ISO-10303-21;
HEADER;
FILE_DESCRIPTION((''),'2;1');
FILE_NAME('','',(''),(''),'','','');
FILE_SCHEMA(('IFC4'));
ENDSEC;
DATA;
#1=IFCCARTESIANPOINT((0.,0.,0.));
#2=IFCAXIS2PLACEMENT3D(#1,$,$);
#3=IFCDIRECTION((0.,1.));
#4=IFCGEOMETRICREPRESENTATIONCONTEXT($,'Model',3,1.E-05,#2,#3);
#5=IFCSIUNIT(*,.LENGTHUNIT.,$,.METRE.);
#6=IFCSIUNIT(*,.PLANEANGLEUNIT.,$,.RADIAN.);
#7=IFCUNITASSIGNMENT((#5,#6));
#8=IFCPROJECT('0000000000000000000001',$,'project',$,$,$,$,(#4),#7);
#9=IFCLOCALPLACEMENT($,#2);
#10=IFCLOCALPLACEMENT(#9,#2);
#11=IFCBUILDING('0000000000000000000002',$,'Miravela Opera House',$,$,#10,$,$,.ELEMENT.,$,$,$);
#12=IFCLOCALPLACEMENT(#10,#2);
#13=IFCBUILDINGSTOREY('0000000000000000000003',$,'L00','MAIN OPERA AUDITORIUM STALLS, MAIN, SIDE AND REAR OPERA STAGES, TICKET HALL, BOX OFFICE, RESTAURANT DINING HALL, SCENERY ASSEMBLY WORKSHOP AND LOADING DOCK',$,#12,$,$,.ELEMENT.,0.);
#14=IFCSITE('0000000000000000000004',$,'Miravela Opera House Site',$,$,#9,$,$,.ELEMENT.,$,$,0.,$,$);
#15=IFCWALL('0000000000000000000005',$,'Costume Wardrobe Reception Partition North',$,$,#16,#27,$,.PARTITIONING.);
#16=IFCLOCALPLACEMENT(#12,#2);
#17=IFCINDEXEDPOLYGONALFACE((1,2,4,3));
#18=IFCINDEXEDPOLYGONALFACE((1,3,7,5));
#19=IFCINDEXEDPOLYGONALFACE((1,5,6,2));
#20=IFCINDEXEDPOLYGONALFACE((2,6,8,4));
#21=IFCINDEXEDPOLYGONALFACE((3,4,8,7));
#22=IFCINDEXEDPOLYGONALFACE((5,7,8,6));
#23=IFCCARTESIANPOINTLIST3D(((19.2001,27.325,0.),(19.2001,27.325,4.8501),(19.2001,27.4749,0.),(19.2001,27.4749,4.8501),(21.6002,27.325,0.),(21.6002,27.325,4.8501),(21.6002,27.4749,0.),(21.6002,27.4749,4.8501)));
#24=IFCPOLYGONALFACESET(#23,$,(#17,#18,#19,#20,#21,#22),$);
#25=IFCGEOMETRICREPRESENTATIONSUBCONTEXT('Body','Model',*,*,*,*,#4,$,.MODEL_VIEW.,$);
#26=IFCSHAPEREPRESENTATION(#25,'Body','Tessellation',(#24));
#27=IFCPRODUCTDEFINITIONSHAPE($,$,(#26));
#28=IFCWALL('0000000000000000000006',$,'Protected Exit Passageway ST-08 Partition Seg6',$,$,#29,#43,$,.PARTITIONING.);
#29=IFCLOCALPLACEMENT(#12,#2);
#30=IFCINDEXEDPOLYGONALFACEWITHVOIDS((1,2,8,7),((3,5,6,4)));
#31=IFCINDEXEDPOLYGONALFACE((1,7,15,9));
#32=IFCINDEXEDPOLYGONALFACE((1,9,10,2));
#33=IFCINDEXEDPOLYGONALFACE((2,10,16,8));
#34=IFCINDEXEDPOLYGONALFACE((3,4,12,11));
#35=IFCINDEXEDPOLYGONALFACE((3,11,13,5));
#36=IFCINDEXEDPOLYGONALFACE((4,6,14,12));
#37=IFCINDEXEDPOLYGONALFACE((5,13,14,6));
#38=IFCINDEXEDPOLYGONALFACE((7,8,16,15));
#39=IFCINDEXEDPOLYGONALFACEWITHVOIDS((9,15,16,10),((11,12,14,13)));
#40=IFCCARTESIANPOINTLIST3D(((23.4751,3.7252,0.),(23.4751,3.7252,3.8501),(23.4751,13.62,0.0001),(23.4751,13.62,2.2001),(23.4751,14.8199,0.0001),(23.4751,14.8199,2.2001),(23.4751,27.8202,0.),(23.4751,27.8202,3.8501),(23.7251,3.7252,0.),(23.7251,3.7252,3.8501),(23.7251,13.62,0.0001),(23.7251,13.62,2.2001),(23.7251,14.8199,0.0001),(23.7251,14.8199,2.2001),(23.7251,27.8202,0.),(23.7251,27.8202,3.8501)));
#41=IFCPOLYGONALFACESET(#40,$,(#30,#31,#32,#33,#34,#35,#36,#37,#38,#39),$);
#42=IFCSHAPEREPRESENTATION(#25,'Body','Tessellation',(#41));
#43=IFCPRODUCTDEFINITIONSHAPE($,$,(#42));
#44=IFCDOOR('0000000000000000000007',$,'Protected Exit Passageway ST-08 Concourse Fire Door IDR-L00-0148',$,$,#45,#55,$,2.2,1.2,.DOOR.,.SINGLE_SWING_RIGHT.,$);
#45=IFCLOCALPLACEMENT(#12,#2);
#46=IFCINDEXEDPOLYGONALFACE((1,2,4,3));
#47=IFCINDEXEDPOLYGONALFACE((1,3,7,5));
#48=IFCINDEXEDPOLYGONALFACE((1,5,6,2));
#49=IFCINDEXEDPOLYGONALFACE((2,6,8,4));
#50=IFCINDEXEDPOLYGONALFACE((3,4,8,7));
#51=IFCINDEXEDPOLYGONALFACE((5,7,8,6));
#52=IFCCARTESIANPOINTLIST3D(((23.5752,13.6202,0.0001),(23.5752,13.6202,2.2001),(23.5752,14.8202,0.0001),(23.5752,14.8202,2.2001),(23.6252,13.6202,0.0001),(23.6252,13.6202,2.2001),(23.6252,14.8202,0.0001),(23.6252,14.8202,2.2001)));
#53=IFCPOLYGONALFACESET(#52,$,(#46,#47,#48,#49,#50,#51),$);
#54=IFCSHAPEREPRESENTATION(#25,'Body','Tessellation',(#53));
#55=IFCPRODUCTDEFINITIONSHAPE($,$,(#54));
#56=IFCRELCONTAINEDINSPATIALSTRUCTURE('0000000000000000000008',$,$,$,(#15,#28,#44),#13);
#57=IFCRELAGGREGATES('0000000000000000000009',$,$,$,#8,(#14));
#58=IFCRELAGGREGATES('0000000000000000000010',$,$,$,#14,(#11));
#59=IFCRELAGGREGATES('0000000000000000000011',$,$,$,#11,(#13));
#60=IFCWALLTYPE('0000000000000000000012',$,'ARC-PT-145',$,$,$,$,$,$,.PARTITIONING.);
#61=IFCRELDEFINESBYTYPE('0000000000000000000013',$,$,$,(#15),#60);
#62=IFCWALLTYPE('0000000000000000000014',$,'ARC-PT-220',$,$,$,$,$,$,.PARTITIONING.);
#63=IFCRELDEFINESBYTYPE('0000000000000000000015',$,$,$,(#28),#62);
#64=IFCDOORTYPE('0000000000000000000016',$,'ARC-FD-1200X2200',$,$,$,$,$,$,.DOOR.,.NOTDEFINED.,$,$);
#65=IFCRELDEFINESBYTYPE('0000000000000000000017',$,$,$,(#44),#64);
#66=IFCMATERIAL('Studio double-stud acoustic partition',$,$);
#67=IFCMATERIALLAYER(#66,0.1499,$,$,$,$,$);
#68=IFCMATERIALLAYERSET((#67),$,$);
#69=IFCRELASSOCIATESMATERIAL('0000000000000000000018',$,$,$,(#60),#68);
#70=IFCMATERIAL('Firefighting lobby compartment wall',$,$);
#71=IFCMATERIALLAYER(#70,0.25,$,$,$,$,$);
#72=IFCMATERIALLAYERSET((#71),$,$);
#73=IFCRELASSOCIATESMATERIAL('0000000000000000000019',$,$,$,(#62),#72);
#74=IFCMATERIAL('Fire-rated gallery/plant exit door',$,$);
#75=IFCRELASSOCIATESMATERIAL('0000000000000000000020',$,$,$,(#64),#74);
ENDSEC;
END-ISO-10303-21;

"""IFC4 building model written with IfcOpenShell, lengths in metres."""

from ifc_helpers import new_model, si_unit, direction, frame, frame_2d, origin, place, context, subcontext, project, spatial, rectangle, extrude, material, layer, layer_set, type_object, element, fill, save


model = new_model("IFC4")

# Units and contexts
model_context = context("Model", 3, precision=1e-05, world=origin(), true_north=direction((0.0, 1.0)))
body_context = subcontext(model_context, "Body", "Model", "MODEL_VIEW")
ifc_project = project(units=[si_unit("LENGTHUNIT", "METRE"), si_unit("PLANEANGLEUNIT", "RADIAN")], contexts=[model_context])

# Site, building, storey
site_placement = place(None, origin())
site = spatial("IfcSite", under=ifc_project, at=site_placement, Name="Miravela Opera House Site", CompositionType="ELEMENT", RefElevation=0.0)
building_placement = place(site_placement, origin())
building = spatial("IfcBuilding", under=site, at=building_placement, Name="Miravela Opera House", CompositionType="ELEMENT")
storey_placement = place(building_placement, origin())
storey = spatial("IfcBuildingStorey", under=building, at=storey_placement, Name="L00", Description="MAIN OPERA AUDITORIUM STALLS, MAIN, SIDE AND REAR OPERA STAGES, TICKET HALL, BOX OFFICE, RESTAURANT DINING HALL, SCENERY ASSEMBLY WORKSHOP AND LOADING DOCK", CompositionType="ELEMENT", Elevation=0.0)

# Wall
ifc_material_1 = material(Name="Studio double-stud acoustic partition")
ifc_layer_1 = layer(ifc_material_1, 0.1499)
ifc_layer_set_1 = layer_set([ifc_layer_1])
wall_type_1 = type_object("IfcWallType", Name="ARC-PT-145", PredefinedType="PARTITIONING", material=ifc_layer_set_1)
wall_1_placement = place(storey_placement, frame((19.2, 27.3999, 0.0), z_axis=(0.0, 0.0, 1.0), x_axis=(1.0, 0.0, 0.0)))
element("IfcWall", 1, at=wall_1_placement, inside=storey, type_object=wall_type_1, Name="Costume Wardrobe Reception Partition North", PredefinedType="PARTITIONING", context=body_context, shape_type="SweptSolid", body=[
    extrude(rectangle(XDim=2.4001, YDim=0.1499, at=frame_2d((1.2002, 0.0))), origin(), (0.0, 0.0, 1.0), 4.8501),
])

# Wall, opening, door
ifc_material_2 = material(Name="Firefighting lobby compartment wall")
ifc_layer_2 = layer(ifc_material_2, 0.25)
ifc_layer_set_2 = layer_set([ifc_layer_2])
wall_type_2 = type_object("IfcWallType", Name="ARC-PT-220", PredefinedType="PARTITIONING", material=ifc_layer_set_2)
wall_2_placement = place(storey_placement, frame((23.6001, 27.8201, 0.0), z_axis=(0.0, 0.0, 1.0), x_axis=(0.0, -1.0, 0.0)))
wall_2 = element("IfcWall", 2, at=wall_2_placement, inside=storey, type_object=wall_type_2, Name="Protected Exit Passageway ST-08 Partition Seg6", PredefinedType="PARTITIONING", context=body_context, shape_type="SweptSolid", body=[
    extrude(rectangle(XDim=24.095, YDim=0.25, at=frame_2d((12.0474, 0.0))), origin(), (0.0, 0.0, 1.0), 3.8501),
])
opening_1_placement = place(wall_2_placement, frame((13.0, 0.0, 0.0)))
opening_1 = element("IfcOpeningElement", 3, at=opening_1_placement, cuts=wall_2, PredefinedType="OPENING", context=body_context, shape_type="SweptSolid", body=[
    extrude(rectangle(XDim=1.2, YDim=2.2, at=frame_2d((0.6001, 1.1001))), frame((0.0, 0.135, 0.0), z_axis=(0.0, -1.0, 0.0), x_axis=(1.0, 0.0, 0.0)), (0.0, 0.0, 1.0), 0.27),
])
ifc_material_3 = material(Name="Fire-rated gallery/plant exit door")
door_type_1 = type_object("IfcDoorType", Name="ARC-FD-1200X2200", OperationType="NOTDEFINED", PredefinedType="DOOR", material=ifc_material_3)
door_1_placement = place(opening_1_placement, frame((1.2, 0.0, 0.0), z_axis=(0.0, 0.0, 1.0), x_axis=(-1.0, 0.0, 0.0)))
door_1 = element("IfcDoor", 4, at=door_1_placement, inside=storey, type_object=door_type_1, Name="Protected Exit Passageway ST-08 Concourse Fire Door IDR-L00-0148", OperationType="SINGLE_SWING_RIGHT", OverallHeight=2.2, OverallWidth=1.2, PredefinedType="DOOR", context=body_context, shape_type="SweptSolid", body=[
    extrude(rectangle(XDim=1.2, YDim=2.2, at=frame_2d((0.6001, 1.1001))), frame((0.0, 0.0249, 0.0), z_axis=(0.0, -1.0, 0.0), x_axis=(1.0, 0.0, 0.0)), (0.0, 0.0, 1.0), 0.05),
])
fill(opening_1, door_1)

save(model, "model.ifc")
